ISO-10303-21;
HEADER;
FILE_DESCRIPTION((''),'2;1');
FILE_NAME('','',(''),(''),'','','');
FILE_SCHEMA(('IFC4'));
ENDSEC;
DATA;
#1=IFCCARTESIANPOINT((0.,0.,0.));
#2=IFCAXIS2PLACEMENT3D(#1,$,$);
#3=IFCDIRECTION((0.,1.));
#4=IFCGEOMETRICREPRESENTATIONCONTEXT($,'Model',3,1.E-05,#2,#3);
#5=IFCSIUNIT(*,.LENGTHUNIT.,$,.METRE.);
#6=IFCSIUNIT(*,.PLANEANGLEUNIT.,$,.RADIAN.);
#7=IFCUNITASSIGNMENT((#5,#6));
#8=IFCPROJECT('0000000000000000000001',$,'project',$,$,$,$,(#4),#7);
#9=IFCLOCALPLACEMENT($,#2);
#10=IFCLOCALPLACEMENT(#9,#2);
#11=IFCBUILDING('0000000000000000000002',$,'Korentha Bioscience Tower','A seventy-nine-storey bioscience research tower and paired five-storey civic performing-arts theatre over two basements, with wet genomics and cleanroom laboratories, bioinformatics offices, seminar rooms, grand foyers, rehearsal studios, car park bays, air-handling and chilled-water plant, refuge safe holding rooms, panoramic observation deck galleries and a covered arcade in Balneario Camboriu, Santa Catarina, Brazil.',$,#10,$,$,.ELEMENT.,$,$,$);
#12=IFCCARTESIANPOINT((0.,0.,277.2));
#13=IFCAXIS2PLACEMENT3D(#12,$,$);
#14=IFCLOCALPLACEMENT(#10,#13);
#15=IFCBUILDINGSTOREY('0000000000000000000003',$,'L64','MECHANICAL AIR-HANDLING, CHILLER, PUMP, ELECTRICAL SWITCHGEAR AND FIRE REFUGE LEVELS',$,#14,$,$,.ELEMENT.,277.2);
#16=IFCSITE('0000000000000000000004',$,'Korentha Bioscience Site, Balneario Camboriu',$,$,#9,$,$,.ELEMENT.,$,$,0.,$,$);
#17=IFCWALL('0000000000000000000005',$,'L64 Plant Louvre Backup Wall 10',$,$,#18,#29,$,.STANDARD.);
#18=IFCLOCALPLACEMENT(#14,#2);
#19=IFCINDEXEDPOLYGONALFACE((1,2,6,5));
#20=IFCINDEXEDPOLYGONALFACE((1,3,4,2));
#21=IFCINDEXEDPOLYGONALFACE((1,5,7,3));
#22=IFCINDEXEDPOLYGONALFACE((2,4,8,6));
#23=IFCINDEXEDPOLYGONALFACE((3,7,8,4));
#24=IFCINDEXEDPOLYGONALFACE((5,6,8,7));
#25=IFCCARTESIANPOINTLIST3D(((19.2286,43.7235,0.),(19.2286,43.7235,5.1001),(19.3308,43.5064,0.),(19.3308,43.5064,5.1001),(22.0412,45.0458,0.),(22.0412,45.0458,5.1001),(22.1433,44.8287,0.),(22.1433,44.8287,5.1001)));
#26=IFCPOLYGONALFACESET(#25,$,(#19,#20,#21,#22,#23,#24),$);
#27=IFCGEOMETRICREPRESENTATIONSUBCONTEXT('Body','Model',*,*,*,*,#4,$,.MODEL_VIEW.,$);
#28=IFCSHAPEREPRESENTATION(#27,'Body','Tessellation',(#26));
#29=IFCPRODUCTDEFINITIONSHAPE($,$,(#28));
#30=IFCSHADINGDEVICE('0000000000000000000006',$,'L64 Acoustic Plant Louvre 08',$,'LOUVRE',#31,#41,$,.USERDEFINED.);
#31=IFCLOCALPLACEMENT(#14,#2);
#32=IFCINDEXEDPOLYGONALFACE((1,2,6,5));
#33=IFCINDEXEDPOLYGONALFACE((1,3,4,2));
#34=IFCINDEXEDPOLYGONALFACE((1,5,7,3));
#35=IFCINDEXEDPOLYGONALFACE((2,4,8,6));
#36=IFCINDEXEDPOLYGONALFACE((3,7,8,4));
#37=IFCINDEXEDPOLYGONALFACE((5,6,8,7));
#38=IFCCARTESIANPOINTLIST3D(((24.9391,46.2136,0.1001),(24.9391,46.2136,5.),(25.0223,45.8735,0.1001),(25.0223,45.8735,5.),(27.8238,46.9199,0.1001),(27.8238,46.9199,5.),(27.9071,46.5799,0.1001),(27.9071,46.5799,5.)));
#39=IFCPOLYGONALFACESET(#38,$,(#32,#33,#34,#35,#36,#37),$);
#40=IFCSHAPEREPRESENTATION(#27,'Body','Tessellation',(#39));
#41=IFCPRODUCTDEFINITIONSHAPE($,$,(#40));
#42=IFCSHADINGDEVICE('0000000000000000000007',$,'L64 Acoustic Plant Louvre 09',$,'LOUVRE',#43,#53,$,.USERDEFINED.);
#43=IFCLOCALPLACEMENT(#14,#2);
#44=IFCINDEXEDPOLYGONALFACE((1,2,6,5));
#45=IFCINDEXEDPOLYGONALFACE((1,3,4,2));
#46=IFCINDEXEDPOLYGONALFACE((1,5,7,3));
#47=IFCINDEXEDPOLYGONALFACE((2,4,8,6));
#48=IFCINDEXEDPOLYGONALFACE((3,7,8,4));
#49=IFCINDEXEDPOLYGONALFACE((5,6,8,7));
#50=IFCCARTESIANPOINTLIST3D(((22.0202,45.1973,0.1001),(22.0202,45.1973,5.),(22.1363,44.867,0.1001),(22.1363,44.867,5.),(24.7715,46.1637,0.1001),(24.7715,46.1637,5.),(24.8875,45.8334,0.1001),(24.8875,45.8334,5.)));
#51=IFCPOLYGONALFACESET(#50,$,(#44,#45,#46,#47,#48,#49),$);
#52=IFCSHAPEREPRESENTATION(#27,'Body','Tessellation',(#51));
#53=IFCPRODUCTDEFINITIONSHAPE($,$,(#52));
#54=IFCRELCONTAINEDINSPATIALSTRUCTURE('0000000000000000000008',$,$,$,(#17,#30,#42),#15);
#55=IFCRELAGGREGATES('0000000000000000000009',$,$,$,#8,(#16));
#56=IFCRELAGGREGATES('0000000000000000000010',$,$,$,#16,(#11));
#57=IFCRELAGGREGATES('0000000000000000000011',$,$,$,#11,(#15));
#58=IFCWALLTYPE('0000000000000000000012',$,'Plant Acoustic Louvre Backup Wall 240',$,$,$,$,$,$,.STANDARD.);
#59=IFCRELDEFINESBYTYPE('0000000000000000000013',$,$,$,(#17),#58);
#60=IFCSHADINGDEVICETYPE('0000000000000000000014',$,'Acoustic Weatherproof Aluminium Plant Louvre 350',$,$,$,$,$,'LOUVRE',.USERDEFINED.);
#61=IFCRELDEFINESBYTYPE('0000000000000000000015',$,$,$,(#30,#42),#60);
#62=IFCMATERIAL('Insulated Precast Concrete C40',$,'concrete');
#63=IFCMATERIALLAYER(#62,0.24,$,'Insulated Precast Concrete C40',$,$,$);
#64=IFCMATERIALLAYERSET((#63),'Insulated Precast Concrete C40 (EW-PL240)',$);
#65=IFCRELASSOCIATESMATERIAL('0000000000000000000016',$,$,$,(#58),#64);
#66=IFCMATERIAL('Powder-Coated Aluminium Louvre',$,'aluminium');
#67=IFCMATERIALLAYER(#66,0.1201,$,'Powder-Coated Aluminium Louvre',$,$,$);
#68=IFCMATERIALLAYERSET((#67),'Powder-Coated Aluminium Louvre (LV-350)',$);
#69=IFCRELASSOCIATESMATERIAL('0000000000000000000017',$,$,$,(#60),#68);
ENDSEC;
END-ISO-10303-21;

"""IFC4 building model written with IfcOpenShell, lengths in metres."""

from ifc_helpers import new_model, si_unit, direction, frame, frame_2d, origin, origin_2d, place, context, subcontext, project, spatial, rectangle, extrude, material, layer, layer_set, type_object, element, save


model = new_model("IFC4")

# Units and contexts
model_context = context("Model", 3, precision=1e-05, world=origin(), true_north=direction((0.0, 1.0)))
body_context = subcontext(model_context, "Body", "Model", "MODEL_VIEW")
ifc_project = project(units=[si_unit("LENGTHUNIT", "METRE"), si_unit("PLANEANGLEUNIT", "RADIAN")], contexts=[model_context])

# Site, building, storey
site_placement = place(None, origin())
site = spatial("IfcSite", under=ifc_project, at=site_placement, Name="Korentha Bioscience Site, Balneario Camboriu", CompositionType="ELEMENT", RefElevation=0.0)
building_placement = place(site_placement, origin())
building = spatial("IfcBuilding", under=site, at=building_placement, Name="Korentha Bioscience Tower", Description="A seventy-nine-storey bioscience research tower and paired five-storey civic performing-arts theatre over two basements, with wet genomics and cleanroom laboratories, bioinformatics offices, seminar rooms, grand foyers, rehearsal studios, car park bays, air-handling and chilled-water plant, refuge safe holding rooms, panoramic observation deck galleries and a covered arcade in Balneario Camboriu, Santa Catarina, Brazil.", CompositionType="ELEMENT")
storey_placement = place(building_placement, frame((0.0, 0.0, 277.2)))
storey = spatial("IfcBuildingStorey", under=building, at=storey_placement, Name="L64", Description="MECHANICAL AIR-HANDLING, CHILLER, PUMP, ELECTRICAL SWITCHGEAR AND FIRE REFUGE LEVELS", CompositionType="ELEMENT", Elevation=277.2)

# Wall
ifc_material_1 = material(Name="Insulated Precast Concrete C40", Category="concrete")
ifc_layer_1 = layer(ifc_material_1, 0.24, Name="Insulated Precast Concrete C40")
ifc_layer_set_1 = layer_set([ifc_layer_1], Name="Insulated Precast Concrete C40 (EW-PL240)")
wall_type_1 = type_object("IfcWallType", Name="Plant Acoustic Louvre Backup Wall 240", PredefinedType="STANDARD", material=ifc_layer_set_1)
wall_1_placement = place(storey_placement, frame((22.0923, 44.9373, 0.0), z_axis=(0.0, 0.0, 1.0), x_axis=(-0.904975, -0.425464, 0.0)))
element("IfcWall", 1, at=wall_1_placement, inside=storey, type_object=wall_type_1, Name="L64 Plant Louvre Backup Wall 10", PredefinedType="STANDARD", context=body_context, shape_type="SweptSolid", body=[
    extrude(rectangle(XDim=3.1079, YDim=0.24, at=frame_2d((1.554, 0.0))), origin(), (0.0, 0.0, 1.0), 5.1001),
])

# Shading devices
ifc_material_2 = material(Name="Powder-Coated Aluminium Louvre", Category="aluminium")
ifc_layer_2 = layer(ifc_material_2, 0.1201, Name="Powder-Coated Aluminium Louvre")
ifc_layer_set_2 = layer_set([ifc_layer_2], Name="Powder-Coated Aluminium Louvre (LV-350)")
shading_device_type = type_object("IfcShadingDeviceType", Name="Acoustic Weatherproof Aluminium Plant Louvre 350", ElementType="LOUVRE", PredefinedType="USERDEFINED", material=ifc_layer_set_2)
shading_device_1_placement = place(storey_placement, frame((26.4231, 46.3967, 0.1001), z_axis=(0.0, 0.0, 1.0), x_axis=(-0.971308, -0.237827, 0.0)))
element("IfcShadingDevice", 2, at=shading_device_1_placement, inside=storey, type_object=shading_device_type, Name="L64 Acoustic Plant Louvre 08", ObjectType="LOUVRE", PredefinedType="USERDEFINED", context=body_context, shape_type="SweptSolid", body=[
    extrude(rectangle(XDim=2.97, YDim=0.3501, at=origin_2d()), origin(), (0.0, 0.0, 1.0), 4.8999),
])
shading_device_2_placement = place(storey_placement, frame((23.4539, 45.5154, 0.1001), z_axis=(0.0, 0.0, 1.0), x_axis=(-0.943486, -0.331412, 0.0)))
element("IfcShadingDevice", 3, at=shading_device_2_placement, inside=storey, type_object=shading_device_type, Name="L64 Acoustic Plant Louvre 09", ObjectType="LOUVRE", PredefinedType="USERDEFINED", context=body_context, shape_type="SweptSolid", body=[
    extrude(rectangle(XDim=2.916, YDim=0.3501, at=origin_2d()), origin(), (0.0, 0.0, 1.0), 4.8999),
])

save(model, "model.ifc")
